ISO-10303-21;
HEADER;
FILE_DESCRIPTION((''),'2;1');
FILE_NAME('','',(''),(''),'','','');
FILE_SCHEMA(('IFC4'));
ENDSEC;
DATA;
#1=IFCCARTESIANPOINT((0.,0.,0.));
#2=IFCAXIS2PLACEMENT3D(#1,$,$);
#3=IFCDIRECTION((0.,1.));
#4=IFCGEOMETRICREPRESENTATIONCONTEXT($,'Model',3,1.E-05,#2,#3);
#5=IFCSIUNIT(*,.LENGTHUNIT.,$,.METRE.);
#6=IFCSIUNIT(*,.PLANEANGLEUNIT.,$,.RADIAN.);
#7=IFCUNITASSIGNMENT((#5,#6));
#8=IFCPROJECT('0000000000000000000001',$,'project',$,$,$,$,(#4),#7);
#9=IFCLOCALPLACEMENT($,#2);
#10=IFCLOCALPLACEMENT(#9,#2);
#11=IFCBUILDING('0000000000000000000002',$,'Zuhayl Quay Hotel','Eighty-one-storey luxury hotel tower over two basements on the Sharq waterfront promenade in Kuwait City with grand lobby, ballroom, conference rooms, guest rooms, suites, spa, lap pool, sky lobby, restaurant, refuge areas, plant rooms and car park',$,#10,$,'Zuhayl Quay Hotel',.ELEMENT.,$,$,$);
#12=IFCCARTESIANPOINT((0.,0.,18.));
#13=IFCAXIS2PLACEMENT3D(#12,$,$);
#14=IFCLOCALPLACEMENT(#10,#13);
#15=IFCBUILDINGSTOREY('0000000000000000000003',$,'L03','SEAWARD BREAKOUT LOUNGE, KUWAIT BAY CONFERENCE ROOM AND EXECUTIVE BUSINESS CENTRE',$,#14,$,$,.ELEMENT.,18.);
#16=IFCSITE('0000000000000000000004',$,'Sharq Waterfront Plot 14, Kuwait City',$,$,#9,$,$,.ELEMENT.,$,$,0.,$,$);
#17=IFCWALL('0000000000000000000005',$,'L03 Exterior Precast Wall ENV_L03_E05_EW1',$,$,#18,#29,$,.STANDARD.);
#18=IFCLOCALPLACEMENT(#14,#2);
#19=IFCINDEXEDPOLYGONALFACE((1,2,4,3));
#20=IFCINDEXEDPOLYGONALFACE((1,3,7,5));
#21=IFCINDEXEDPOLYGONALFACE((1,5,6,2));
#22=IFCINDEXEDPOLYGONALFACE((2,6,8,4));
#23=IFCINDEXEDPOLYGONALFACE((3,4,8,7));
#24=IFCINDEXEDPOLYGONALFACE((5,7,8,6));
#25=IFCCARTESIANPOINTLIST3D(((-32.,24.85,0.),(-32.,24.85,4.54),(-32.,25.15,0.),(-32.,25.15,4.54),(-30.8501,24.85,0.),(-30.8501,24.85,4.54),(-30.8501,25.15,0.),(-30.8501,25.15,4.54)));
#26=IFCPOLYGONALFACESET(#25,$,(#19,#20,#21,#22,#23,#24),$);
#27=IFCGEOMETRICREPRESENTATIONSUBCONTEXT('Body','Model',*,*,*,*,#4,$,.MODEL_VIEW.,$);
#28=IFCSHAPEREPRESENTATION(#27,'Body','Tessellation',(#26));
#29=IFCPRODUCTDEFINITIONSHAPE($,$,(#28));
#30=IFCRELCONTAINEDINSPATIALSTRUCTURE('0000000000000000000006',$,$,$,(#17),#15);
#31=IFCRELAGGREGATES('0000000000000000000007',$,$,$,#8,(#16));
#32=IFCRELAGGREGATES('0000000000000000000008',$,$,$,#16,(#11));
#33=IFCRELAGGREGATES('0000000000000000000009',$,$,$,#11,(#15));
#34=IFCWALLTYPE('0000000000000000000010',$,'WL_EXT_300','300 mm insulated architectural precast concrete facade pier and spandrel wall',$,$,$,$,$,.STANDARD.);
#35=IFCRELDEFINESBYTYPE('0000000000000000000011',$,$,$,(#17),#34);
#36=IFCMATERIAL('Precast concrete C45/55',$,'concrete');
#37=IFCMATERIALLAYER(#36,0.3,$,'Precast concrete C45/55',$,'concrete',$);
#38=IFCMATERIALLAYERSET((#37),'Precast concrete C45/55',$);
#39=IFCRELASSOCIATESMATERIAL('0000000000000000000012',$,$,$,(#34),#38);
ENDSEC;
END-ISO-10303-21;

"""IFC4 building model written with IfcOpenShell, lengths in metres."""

from ifc_helpers import new_model, si_unit, direction, frame, frame_2d, origin, place, context, subcontext, project, spatial, rectangle, extrude, material, layer, layer_set, type_object, element, save


model = new_model("IFC4")

# Units and contexts
model_context = context("Model", 3, precision=1e-05, world=origin(), true_north=direction((0.0, 1.0)))
body_context = subcontext(model_context, "Body", "Model", "MODEL_VIEW")
ifc_project = project(units=[si_unit("LENGTHUNIT", "METRE"), si_unit("PLANEANGLEUNIT", "RADIAN")], contexts=[model_context])

# Site, building, storey
site_placement = place(None, origin())
site = spatial("IfcSite", under=ifc_project, at=site_placement, Name="Sharq Waterfront Plot 14, Kuwait City", CompositionType="ELEMENT", RefElevation=0.0)
building_placement = place(site_placement, origin())
building = spatial("IfcBuilding", under=site, at=building_placement, Name="Zuhayl Quay Hotel", Description="Eighty-one-storey luxury hotel tower over two basements on the Sharq waterfront promenade in Kuwait City with grand lobby, ballroom, conference rooms, guest rooms, suites, spa, lap pool, sky lobby, restaurant, refuge areas, plant rooms and car park", LongName="Zuhayl Quay Hotel", CompositionType="ELEMENT")
storey_placement = place(building_placement, frame((0.0, 0.0, 18.0)))
storey = spatial("IfcBuildingStorey", under=building, at=storey_placement, Name="L03", Description="SEAWARD BREAKOUT LOUNGE, KUWAIT BAY CONFERENCE ROOM AND EXECUTIVE BUSINESS CENTRE", CompositionType="ELEMENT", Elevation=18.0)

# Wall
ifc_material_1 = material(Name="Precast concrete C45/55", Category="concrete")
ifc_layer_1 = layer(ifc_material_1, 0.3, Name="Precast concrete C45/55", Category="concrete")
ifc_layer_set_1 = layer_set([ifc_layer_1], Name="Precast concrete C45/55")
wall_type = type_object("IfcWallType", Name="WL_EXT_300", Description="300 mm insulated architectural precast concrete facade pier and spandrel wall", PredefinedType="STANDARD", material=ifc_layer_set_1)
wall_1_placement = place(storey_placement, frame((-32.0, 25.0, 0.0), z_axis=(0.0, 0.0, 1.0), x_axis=(1.0, 0.0, 0.0)))
element("IfcWall", 1, at=wall_1_placement, inside=storey, type_object=wall_type, Name="L03 Exterior Precast Wall ENV_L03_E05_EW1", PredefinedType="STANDARD", context=body_context, shape_type="SweptSolid", body=[
    extrude(rectangle(XDim=1.1499, YDim=0.3, at=frame_2d((0.575, 0.0))), origin(), (0.0, 0.0, 1.0), 4.54),
])

save(model, "model.ifc")
